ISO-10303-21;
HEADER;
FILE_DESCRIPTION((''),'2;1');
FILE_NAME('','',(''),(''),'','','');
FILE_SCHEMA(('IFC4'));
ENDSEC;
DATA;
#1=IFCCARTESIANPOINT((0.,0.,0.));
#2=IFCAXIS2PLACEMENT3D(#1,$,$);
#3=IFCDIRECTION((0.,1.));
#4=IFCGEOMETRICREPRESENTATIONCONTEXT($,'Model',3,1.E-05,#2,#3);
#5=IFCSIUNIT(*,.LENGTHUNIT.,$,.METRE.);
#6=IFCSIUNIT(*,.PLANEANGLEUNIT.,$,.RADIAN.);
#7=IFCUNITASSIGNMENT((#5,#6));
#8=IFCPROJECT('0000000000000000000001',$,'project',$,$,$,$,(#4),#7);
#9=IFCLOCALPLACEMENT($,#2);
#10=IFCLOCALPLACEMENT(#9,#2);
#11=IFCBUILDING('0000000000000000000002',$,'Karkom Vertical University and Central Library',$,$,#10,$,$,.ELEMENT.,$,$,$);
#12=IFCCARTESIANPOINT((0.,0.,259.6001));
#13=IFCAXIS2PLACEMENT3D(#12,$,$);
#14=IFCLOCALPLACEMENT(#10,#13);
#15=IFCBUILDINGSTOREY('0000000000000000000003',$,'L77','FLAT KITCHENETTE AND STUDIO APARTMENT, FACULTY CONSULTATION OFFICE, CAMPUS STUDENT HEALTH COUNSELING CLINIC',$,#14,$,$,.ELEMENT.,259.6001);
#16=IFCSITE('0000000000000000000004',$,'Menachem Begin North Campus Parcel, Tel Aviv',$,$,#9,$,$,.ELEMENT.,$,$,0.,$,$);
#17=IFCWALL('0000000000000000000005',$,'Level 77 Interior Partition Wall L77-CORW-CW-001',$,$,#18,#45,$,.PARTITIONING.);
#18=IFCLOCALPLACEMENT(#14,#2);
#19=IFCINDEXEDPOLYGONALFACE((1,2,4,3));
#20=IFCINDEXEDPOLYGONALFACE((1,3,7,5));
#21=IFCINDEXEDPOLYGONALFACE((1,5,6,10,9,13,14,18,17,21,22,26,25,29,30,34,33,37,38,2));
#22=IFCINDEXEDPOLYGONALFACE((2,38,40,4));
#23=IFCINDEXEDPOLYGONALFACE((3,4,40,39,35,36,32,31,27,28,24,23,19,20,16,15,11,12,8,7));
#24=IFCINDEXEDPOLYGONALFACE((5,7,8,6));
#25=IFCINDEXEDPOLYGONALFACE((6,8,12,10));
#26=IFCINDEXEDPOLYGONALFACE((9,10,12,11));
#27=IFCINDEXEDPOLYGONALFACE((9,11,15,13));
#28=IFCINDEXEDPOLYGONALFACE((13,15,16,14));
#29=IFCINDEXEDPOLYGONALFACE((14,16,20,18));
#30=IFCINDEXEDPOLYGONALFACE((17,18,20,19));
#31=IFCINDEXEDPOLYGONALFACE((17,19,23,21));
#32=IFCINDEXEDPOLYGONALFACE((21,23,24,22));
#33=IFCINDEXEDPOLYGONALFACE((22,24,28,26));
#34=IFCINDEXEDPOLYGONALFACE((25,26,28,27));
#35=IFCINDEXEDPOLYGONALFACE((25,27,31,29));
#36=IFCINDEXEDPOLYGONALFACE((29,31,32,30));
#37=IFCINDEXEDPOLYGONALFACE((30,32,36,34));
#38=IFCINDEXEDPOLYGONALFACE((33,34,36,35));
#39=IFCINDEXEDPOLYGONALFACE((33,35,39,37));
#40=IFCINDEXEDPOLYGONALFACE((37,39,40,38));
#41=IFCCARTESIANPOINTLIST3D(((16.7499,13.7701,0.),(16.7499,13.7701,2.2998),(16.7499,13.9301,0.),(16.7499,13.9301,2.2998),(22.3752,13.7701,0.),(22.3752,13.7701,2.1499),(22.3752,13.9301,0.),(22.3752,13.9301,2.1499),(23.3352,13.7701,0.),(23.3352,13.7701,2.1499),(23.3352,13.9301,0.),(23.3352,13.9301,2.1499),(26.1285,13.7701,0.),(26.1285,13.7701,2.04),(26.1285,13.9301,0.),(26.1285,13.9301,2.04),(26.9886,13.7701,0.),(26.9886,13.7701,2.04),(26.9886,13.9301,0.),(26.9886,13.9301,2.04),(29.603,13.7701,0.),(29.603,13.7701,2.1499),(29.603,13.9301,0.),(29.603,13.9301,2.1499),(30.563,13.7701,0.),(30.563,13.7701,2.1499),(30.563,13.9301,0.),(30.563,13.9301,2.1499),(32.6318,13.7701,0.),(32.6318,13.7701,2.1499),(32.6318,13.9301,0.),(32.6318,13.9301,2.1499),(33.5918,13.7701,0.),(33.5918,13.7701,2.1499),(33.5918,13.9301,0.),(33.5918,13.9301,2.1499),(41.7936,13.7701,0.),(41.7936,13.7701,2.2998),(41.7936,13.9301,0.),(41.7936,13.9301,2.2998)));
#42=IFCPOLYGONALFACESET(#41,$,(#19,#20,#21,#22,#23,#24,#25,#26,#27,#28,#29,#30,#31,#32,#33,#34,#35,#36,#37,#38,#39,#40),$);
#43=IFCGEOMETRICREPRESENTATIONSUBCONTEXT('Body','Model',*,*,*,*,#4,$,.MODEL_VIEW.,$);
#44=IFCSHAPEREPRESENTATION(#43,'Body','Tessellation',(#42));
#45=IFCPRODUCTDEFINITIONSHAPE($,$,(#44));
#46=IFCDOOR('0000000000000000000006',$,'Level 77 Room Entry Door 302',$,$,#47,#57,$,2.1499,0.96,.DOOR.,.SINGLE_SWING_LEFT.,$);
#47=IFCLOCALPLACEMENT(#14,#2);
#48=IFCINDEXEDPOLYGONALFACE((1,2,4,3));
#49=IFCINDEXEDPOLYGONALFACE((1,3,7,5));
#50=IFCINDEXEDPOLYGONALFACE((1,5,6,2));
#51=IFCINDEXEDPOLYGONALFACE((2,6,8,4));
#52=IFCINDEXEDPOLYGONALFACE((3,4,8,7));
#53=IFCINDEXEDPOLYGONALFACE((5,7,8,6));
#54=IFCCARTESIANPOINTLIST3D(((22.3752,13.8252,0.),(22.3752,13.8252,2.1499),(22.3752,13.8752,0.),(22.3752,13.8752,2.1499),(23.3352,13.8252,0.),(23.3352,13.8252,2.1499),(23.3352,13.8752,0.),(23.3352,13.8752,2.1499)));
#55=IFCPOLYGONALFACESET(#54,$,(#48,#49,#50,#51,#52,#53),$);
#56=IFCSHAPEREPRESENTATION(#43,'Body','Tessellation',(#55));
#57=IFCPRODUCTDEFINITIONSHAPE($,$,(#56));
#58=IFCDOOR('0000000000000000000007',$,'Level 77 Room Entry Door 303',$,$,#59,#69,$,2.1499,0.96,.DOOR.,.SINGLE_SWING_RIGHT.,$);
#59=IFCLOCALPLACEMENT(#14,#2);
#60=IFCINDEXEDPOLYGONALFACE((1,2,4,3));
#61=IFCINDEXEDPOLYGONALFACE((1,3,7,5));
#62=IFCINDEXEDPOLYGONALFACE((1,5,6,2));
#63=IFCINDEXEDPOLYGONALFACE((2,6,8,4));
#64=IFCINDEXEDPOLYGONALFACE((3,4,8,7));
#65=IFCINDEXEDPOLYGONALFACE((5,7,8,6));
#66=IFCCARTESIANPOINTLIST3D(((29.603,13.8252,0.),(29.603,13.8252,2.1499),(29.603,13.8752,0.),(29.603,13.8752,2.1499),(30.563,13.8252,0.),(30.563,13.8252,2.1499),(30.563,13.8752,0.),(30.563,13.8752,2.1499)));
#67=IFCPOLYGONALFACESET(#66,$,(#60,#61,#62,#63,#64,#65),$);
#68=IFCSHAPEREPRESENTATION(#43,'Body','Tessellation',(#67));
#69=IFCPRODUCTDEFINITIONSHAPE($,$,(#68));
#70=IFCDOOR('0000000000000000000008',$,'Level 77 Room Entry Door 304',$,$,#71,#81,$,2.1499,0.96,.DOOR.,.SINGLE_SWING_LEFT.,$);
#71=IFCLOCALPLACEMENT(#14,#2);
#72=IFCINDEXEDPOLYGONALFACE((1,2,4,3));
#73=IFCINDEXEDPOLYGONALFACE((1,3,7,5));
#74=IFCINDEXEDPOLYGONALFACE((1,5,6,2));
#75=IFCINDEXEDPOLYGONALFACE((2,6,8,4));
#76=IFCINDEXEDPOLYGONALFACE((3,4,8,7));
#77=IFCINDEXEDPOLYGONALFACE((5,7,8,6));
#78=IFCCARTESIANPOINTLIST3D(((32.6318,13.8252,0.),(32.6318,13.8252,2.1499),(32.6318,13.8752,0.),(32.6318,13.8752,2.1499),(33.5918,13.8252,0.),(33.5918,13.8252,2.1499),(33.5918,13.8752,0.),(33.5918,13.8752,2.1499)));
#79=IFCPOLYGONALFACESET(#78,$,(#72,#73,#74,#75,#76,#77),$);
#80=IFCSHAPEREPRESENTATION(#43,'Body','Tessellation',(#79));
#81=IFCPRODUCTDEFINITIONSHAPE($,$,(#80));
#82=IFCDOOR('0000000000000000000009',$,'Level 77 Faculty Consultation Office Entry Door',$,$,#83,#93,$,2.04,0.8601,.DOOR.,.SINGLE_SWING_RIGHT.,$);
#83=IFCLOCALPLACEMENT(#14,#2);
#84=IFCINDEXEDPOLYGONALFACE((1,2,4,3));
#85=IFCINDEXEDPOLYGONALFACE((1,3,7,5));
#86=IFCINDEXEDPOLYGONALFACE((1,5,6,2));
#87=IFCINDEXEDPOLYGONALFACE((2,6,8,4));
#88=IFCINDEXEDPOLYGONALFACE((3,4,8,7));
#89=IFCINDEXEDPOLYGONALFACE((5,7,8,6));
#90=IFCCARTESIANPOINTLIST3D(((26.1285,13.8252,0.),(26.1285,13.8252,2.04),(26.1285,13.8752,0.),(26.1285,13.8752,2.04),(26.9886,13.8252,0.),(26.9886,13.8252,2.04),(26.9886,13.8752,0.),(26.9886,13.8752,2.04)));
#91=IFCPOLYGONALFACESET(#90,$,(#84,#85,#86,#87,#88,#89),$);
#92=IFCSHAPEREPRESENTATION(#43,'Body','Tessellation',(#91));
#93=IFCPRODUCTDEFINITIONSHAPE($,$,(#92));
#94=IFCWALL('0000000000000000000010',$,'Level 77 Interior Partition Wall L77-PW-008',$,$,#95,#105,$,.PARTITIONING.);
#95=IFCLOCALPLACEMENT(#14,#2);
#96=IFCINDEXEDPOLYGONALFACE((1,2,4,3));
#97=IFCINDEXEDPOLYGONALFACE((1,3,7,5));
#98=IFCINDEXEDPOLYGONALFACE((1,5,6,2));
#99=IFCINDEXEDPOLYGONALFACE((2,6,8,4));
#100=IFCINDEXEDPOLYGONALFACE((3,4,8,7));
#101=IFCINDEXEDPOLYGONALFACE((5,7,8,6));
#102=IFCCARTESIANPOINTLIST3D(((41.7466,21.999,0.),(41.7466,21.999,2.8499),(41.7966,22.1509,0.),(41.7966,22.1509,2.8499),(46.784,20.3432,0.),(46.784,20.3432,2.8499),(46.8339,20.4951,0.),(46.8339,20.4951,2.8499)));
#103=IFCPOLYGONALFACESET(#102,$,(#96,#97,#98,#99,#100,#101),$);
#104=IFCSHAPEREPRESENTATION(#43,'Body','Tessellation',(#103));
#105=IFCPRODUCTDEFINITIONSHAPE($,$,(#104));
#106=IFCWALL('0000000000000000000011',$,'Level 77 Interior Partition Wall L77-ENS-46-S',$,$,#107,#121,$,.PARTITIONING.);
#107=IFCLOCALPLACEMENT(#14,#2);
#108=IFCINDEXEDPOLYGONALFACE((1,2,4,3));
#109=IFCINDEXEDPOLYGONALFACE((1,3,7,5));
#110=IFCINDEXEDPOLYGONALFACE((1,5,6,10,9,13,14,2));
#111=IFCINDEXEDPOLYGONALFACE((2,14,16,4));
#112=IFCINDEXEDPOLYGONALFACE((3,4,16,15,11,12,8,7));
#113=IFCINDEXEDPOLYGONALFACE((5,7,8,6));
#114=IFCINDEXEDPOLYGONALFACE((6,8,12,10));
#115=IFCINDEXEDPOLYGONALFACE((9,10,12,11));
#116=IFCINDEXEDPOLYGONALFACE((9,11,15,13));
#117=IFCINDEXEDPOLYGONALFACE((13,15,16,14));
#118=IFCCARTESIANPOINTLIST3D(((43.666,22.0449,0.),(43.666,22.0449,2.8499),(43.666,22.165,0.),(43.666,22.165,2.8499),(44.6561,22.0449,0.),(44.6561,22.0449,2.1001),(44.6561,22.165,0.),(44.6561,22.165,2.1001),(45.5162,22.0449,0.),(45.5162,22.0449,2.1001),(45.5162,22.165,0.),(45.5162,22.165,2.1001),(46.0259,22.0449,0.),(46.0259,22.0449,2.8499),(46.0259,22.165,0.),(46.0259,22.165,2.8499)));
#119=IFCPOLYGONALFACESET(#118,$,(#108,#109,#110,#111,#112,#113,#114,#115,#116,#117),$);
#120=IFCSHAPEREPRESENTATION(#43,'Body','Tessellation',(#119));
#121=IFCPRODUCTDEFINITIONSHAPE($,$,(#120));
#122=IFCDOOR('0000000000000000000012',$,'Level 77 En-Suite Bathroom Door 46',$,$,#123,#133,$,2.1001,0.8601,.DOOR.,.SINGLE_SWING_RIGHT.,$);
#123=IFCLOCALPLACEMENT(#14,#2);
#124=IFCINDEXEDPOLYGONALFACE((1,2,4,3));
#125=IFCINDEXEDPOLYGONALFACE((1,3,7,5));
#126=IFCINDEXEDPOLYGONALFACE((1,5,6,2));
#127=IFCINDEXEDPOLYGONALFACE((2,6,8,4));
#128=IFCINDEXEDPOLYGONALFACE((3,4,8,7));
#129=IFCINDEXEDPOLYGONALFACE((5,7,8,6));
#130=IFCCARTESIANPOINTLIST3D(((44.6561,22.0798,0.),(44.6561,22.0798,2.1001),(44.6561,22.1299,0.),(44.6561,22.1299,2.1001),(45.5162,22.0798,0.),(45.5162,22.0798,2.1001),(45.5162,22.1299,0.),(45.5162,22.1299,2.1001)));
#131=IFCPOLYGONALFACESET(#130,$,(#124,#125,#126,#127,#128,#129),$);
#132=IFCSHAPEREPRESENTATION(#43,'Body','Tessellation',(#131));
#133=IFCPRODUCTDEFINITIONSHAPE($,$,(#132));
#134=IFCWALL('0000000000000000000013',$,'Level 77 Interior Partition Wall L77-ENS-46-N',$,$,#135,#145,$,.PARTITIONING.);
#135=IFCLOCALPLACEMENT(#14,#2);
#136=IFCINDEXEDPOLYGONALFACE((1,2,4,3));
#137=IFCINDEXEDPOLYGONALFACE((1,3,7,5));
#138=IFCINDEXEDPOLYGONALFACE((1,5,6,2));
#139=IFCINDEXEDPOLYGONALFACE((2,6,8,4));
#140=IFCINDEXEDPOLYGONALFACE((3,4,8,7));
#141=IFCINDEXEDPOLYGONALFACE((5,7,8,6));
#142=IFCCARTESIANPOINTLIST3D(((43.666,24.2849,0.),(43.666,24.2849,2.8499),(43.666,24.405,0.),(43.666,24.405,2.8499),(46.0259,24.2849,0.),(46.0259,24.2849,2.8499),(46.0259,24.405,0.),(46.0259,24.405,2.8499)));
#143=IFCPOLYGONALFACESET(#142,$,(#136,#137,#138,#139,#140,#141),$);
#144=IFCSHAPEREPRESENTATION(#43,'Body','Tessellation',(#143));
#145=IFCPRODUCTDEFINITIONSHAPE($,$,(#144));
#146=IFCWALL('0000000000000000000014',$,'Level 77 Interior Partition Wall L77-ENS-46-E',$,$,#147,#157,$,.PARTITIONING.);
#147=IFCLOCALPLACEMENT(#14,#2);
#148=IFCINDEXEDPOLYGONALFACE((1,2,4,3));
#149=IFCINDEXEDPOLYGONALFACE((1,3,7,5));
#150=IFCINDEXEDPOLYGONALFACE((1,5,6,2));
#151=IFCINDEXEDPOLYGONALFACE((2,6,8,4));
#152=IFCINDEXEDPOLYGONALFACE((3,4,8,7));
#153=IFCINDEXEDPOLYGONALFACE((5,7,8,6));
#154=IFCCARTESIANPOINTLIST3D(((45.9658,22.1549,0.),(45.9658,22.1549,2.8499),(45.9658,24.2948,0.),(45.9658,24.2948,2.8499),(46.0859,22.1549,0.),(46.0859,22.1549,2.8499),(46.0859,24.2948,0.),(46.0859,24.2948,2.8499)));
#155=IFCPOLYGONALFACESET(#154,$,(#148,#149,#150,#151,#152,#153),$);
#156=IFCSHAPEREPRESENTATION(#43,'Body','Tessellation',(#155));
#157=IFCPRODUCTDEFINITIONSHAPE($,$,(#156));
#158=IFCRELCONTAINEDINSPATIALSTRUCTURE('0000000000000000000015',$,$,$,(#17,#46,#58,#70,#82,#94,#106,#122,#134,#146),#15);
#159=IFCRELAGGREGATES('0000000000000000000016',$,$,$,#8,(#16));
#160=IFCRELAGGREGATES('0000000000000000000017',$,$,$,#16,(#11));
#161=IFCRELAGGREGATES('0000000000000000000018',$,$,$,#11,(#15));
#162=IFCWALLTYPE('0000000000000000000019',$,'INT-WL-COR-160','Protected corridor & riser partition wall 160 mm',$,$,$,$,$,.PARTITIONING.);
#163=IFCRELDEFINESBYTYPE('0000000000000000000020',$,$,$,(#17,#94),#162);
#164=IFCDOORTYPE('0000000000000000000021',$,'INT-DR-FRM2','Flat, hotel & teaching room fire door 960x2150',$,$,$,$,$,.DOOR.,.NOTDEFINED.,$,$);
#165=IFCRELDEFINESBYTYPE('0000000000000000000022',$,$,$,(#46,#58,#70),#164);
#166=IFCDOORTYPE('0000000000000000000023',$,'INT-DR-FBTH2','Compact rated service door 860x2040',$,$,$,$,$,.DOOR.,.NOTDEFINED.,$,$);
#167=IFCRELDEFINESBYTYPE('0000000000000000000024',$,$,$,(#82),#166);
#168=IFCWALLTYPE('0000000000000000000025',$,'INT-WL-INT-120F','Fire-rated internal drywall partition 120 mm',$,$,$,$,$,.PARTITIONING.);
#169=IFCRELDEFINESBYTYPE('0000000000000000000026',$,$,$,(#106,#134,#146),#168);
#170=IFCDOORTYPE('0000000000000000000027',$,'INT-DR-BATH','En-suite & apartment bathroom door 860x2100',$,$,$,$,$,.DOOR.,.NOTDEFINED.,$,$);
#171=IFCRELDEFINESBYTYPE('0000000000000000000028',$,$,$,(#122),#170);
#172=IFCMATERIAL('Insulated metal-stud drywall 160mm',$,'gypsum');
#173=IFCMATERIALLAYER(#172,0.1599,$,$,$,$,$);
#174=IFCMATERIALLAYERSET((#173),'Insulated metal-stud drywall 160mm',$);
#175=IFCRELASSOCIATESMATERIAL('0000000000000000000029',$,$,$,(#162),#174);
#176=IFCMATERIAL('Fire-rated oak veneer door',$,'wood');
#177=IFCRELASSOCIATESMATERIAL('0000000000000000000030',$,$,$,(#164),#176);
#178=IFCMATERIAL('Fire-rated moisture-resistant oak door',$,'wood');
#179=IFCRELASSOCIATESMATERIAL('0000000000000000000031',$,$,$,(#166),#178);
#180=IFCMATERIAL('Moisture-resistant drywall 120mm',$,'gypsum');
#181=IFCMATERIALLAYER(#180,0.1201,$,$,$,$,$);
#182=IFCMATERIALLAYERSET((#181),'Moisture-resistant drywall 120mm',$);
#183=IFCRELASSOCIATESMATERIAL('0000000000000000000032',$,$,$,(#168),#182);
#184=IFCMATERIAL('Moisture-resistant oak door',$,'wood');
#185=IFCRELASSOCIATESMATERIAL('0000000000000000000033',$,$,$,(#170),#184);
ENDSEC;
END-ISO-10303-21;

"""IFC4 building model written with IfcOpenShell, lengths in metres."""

from ifc_helpers import new_model, si_unit, direction, frame, frame_2d, origin, origin_with_axes, place, context, subcontext, project, spatial, rectangle, extrude, source, transform, mapped, material, layer, layer_set, type_object, element, fill, save


model = new_model("IFC4")

# Units and contexts
model_context = context("Model", 3, precision=1e-05, world=origin(), true_north=direction((0.0, 1.0)))
body_context = subcontext(model_context, "Body", "Model", "MODEL_VIEW")
ifc_project = project(units=[si_unit("LENGTHUNIT", "METRE"), si_unit("PLANEANGLEUNIT", "RADIAN")], contexts=[model_context])

# Site, building, storey
site_placement = place(None, origin())
site = spatial("IfcSite", under=ifc_project, at=site_placement, Name="Menachem Begin North Campus Parcel, Tel Aviv", CompositionType="ELEMENT", RefElevation=0.0)
building_placement = place(site_placement, origin())
building = spatial("IfcBuilding", under=site, at=building_placement, Name="Karkom Vertical University and Central Library", CompositionType="ELEMENT")
storey_placement = place(building_placement, frame((0.0, 0.0, 259.6001)))
storey = spatial("IfcBuildingStorey", under=building, at=storey_placement, Name="L77", Description="FLAT KITCHENETTE AND STUDIO APARTMENT, FACULTY CONSULTATION OFFICE, CAMPUS STUDENT HEALTH COUNSELING CLINIC", CompositionType="ELEMENT", Elevation=259.6001)

# Wall, openings, doors
ifc_material_1 = material(Name="Insulated metal-stud drywall 160mm", Category="gypsum")
ifc_layer_1 = layer(ifc_material_1, 0.1599)
ifc_layer_set_1 = layer_set([ifc_layer_1], Name="Insulated metal-stud drywall 160mm")
wall_type_1 = type_object("IfcWallType", Name="INT-WL-COR-160", Description="Protected corridor & riser partition wall 160 mm", PredefinedType="PARTITIONING", material=ifc_layer_set_1)
wall_1_placement = place(storey_placement, frame((41.7937, 13.8501, 0.0), z_axis=(0.0, 0.0, 1.0), x_axis=(-1.0, 0.0, 0.0)))
wall_1 = element("IfcWall", 1, at=wall_1_placement, inside=storey, type_object=wall_type_1, Name="Level 77 Interior Partition Wall L77-CORW-CW-001", PredefinedType="PARTITIONING", context=body_context, shape_type="SweptSolid", body=[
    extrude(rectangle(XDim=25.0437, YDim=0.1599, at=frame_2d((12.522, 0.0))), origin(), (0.0, 0.0, 1.0), 2.2998),
])
opening_1_placement = place(wall_1_placement, frame((18.4585, 0.0, 0.0)))
opening_1 = element("IfcOpeningElement", 2, at=opening_1_placement, cuts=wall_1, PredefinedType="OPENING", context=body_context, shape_type="SweptSolid", body=[
    extrude(rectangle(XDim=0.96, YDim=2.1499, at=frame_2d((0.48, 1.075))), frame((0.0, 0.0898, 0.0), z_axis=(0.0, -1.0, 0.0), x_axis=(1.0, 0.0, 0.0)), (0.0, 0.0, 1.0), 0.1799),
])
opening_2_placement = place(wall_1_placement, frame((11.2307, 0.0, 0.0)))
opening_2 = element("IfcOpeningElement", 3, at=opening_2_placement, cuts=wall_1, PredefinedType="OPENING", context=body_context, shape_type="SweptSolid", body=[
    extrude(rectangle(XDim=0.96, YDim=2.1499, at=frame_2d((0.48, 1.075))), frame((0.0, 0.0898, 0.0), z_axis=(0.0, -1.0, 0.0), x_axis=(1.0, 0.0, 0.0)), (0.0, 0.0, 1.0), 0.1799),
])
opening_3_placement = place(wall_1_placement, frame((8.2019, 0.0, 0.0)))
opening_3 = element("IfcOpeningElement", 4, at=opening_3_placement, cuts=wall_1, PredefinedType="OPENING", context=body_context, shape_type="SweptSolid", body=[
    extrude(rectangle(XDim=0.96, YDim=2.1499, at=frame_2d((0.48, 1.075))), frame((0.0, 0.0898, 0.0), z_axis=(0.0, -1.0, 0.0), x_axis=(1.0, 0.0, 0.0)), (0.0, 0.0, 1.0), 0.1799),
])
opening_4_placement = place(wall_1_placement, frame((14.8049, 0.0, 0.0)))
opening_4 = element("IfcOpeningElement", 5, at=opening_4_placement, cuts=wall_1, PredefinedType="OPENING", context=body_context, shape_type="SweptSolid", body=[
    extrude(rectangle(XDim=0.8601, YDim=2.04, at=frame_2d((0.4302, 1.02))), frame((0.0, 0.0898, 0.0), z_axis=(0.0, -1.0, 0.0), x_axis=(1.0, 0.0, 0.0)), (0.0, 0.0, 1.0), 0.1799),
])
ifc_material_2 = material(Name="Fire-rated oak veneer door", Category="wood")
door_type_1 = type_object("IfcDoorType", Name="INT-DR-FRM2", Description="Flat, hotel & teaching room fire door 960x2150", OperationType="NOTDEFINED", PredefinedType="DOOR", material=ifc_material_2)
shared_shape_1 = source(origin_with_axes(), body_context, "Body", "SweptSolid", [
    extrude(rectangle(XDim=0.96, YDim=2.1499, at=frame_2d((0.48, 1.075))), frame((0.0, 0.0249, 0.0), z_axis=(0.0, -1.0, 0.0), x_axis=(1.0, 0.0, 0.0)), (0.0, 0.0, 1.0), 0.05),
])
door_1_placement = place(opening_1_placement, origin())
door_1 = element("IfcDoor", 6, at=door_1_placement, inside=storey, type_object=door_type_1, Name="Level 77 Room Entry Door 302", OperationType="SINGLE_SWING_LEFT", OverallHeight=2.1499, OverallWidth=0.96, PredefinedType="DOOR", context=body_context, shape_type="MappedRepresentation", body=[
    mapped(shared_shape_1, transform((0.0, 0.0, 0.0), scale=1.0)),
])
fill(opening_1, door_1)
door_2_placement = place(opening_2_placement, origin())
door_2 = element("IfcDoor", 7, at=door_2_placement, inside=storey, type_object=door_type_1, Name="Level 77 Room Entry Door 303", OperationType="SINGLE_SWING_RIGHT", OverallHeight=2.1499, OverallWidth=0.96, PredefinedType="DOOR", context=body_context, shape_type="MappedRepresentation", body=[
    mapped(shared_shape_1, transform((0.0, 0.0, 0.0), scale=1.0)),
])
fill(opening_2, door_2)
door_3_placement = place(opening_3_placement, origin())
door_3 = element("IfcDoor", 8, at=door_3_placement, inside=storey, type_object=door_type_1, Name="Level 77 Room Entry Door 304", OperationType="SINGLE_SWING_LEFT", OverallHeight=2.1499, OverallWidth=0.96, PredefinedType="DOOR", context=body_context, shape_type="MappedRepresentation", body=[
    mapped(shared_shape_1, transform((0.0, 0.0, 0.0), scale=1.0)),
])
fill(opening_3, door_3)
ifc_material_3 = material(Name="Fire-rated moisture-resistant oak door", Category="wood")
door_type_2 = type_object("IfcDoorType", Name="INT-DR-FBTH2", Description="Compact rated service door 860x2040", OperationType="NOTDEFINED", PredefinedType="DOOR", material=ifc_material_3)
shared_shape_2 = source(origin_with_axes(), body_context, "Body", "SweptSolid", [
    extrude(rectangle(XDim=0.8601, YDim=2.04, at=frame_2d((0.4302, 1.02))), frame((0.0, 0.0249, 0.0), z_axis=(0.0, -1.0, 0.0), x_axis=(1.0, 0.0, 0.0)), (0.0, 0.0, 1.0), 0.05),
])
door_4_placement = place(opening_4_placement, origin())
door_4 = element("IfcDoor", 9, at=door_4_placement, inside=storey, type_object=door_type_2, Name="Level 77 Faculty Consultation Office Entry Door", OperationType="SINGLE_SWING_RIGHT", OverallHeight=2.04, OverallWidth=0.8601, PredefinedType="DOOR", context=body_context, shape_type="MappedRepresentation", body=[
    mapped(shared_shape_2, transform((0.0, 0.0, 0.0), scale=1.0)),
])
fill(opening_4, door_4)

# Wall
wall_2_placement = place(storey_placement, frame((41.7715, 22.075, 0.0), z_axis=(0.0, 0.0, 1.0), x_axis=(0.949996, -0.312261, 0.0)))
element("IfcWall", 10, at=wall_2_placement, inside=storey, type_object=wall_type_1, Name="Level 77 Interior Partition Wall L77-PW-008", PredefinedType="PARTITIONING", context=body_context, shape_type="SweptSolid", body=[
    extrude(rectangle(XDim=5.3025, YDim=0.1599, at=frame_2d((2.6514, 0.0))), origin(), (0.0, 0.0, 1.0), 2.8499),
])

# Wall, opening, door
ifc_material_4 = material(Name="Moisture-resistant drywall 120mm", Category="gypsum")
ifc_layer_2 = layer(ifc_material_4, 0.1201)
ifc_layer_set_2 = layer_set([ifc_layer_2], Name="Moisture-resistant drywall 120mm")
wall_type_2 = type_object("IfcWallType", Name="INT-WL-INT-120F", Description="Fire-rated internal drywall partition 120 mm", PredefinedType="PARTITIONING", material=ifc_layer_set_2)
wall_3_placement = place(storey_placement, frame((43.666, 22.105, 0.0), z_axis=(0.0, 0.0, 1.0), x_axis=(1.0, 0.0, 0.0)))
wall_3 = element("IfcWall", 11, at=wall_3_placement, inside=storey, type_object=wall_type_2, Name="Level 77 Interior Partition Wall L77-ENS-46-S", PredefinedType="PARTITIONING", context=body_context, shape_type="SweptSolid", body=[
    extrude(rectangle(XDim=2.3599, YDim=0.1201, at=frame_2d((1.1799, 0.0))), origin(), (0.0, 0.0, 1.0), 2.8499),
])
opening_5_placement = place(wall_3_placement, frame((0.99, 0.0, 0.0)))
opening_5 = element("IfcOpeningElement", 12, at=opening_5_placement, cuts=wall_3, PredefinedType="OPENING", context=body_context, shape_type="SweptSolid", body=[
    extrude(rectangle(XDim=0.8601, YDim=2.1001, at=frame_2d((0.4302, 1.05))), frame((0.0, 0.0701, 0.0), z_axis=(0.0, -1.0, 0.0), x_axis=(1.0, 0.0, 0.0)), (0.0, 0.0, 1.0), 0.1401),
])
ifc_material_5 = material(Name="Moisture-resistant oak door", Category="wood")
door_type_3 = type_object("IfcDoorType", Name="INT-DR-BATH", Description="En-suite & apartment bathroom door 860x2100", OperationType="NOTDEFINED", PredefinedType="DOOR", material=ifc_material_5)
shared_shape_3 = source(origin_with_axes(), body_context, "Body", "SweptSolid", [
    extrude(rectangle(XDim=0.8601, YDim=2.1001, at=frame_2d((0.4302, 1.05))), frame((0.0, 0.0249, 0.0), z_axis=(0.0, -1.0, 0.0), x_axis=(1.0, 0.0, 0.0)), (0.0, 0.0, 1.0), 0.05),
])
door_5_placement = place(opening_5_placement, origin())
door_5 = element("IfcDoor", 13, at=door_5_placement, inside=storey, type_object=door_type_3, Name="Level 77 En-Suite Bathroom Door 46", OperationType="SINGLE_SWING_RIGHT", OverallHeight=2.1001, OverallWidth=0.8601, PredefinedType="DOOR", context=body_context, shape_type="MappedRepresentation", body=[
    mapped(shared_shape_3, transform((0.0, 0.0, 0.0), scale=1.0)),
])
fill(opening_5, door_5)

# Walls
wall_4_placement = place(storey_placement, frame((46.0259, 24.345, 0.0), z_axis=(0.0, 0.0, 1.0), x_axis=(-1.0, 0.0, 0.0)))
element("IfcWall", 14, at=wall_4_placement, inside=storey, type_object=wall_type_2, Name="Level 77 Interior Partition Wall L77-ENS-46-N", PredefinedType="PARTITIONING", context=body_context, shape_type="SweptSolid", body=[
    extrude(rectangle(XDim=2.3599, YDim=0.1201, at=frame_2d((1.1799, 0.0))), origin(), (0.0, 0.0, 1.0), 2.8499),
])
wall_5_placement = place(storey_placement, frame((46.0259, 22.155, 0.0), z_axis=(0.0, 0.0, 1.0), x_axis=(0.0, 1.0, 0.0)))
element("IfcWall", 15, at=wall_5_placement, inside=storey, type_object=wall_type_2, Name="Level 77 Interior Partition Wall L77-ENS-46-E", PredefinedType="PARTITIONING", context=body_context, shape_type="SweptSolid", body=[
    extrude(rectangle(XDim=2.1399, YDim=0.1201, at=frame_2d((1.0698, 0.0))), origin(), (0.0, 0.0, 1.0), 2.8499),
])

save(model, "model.ifc")
